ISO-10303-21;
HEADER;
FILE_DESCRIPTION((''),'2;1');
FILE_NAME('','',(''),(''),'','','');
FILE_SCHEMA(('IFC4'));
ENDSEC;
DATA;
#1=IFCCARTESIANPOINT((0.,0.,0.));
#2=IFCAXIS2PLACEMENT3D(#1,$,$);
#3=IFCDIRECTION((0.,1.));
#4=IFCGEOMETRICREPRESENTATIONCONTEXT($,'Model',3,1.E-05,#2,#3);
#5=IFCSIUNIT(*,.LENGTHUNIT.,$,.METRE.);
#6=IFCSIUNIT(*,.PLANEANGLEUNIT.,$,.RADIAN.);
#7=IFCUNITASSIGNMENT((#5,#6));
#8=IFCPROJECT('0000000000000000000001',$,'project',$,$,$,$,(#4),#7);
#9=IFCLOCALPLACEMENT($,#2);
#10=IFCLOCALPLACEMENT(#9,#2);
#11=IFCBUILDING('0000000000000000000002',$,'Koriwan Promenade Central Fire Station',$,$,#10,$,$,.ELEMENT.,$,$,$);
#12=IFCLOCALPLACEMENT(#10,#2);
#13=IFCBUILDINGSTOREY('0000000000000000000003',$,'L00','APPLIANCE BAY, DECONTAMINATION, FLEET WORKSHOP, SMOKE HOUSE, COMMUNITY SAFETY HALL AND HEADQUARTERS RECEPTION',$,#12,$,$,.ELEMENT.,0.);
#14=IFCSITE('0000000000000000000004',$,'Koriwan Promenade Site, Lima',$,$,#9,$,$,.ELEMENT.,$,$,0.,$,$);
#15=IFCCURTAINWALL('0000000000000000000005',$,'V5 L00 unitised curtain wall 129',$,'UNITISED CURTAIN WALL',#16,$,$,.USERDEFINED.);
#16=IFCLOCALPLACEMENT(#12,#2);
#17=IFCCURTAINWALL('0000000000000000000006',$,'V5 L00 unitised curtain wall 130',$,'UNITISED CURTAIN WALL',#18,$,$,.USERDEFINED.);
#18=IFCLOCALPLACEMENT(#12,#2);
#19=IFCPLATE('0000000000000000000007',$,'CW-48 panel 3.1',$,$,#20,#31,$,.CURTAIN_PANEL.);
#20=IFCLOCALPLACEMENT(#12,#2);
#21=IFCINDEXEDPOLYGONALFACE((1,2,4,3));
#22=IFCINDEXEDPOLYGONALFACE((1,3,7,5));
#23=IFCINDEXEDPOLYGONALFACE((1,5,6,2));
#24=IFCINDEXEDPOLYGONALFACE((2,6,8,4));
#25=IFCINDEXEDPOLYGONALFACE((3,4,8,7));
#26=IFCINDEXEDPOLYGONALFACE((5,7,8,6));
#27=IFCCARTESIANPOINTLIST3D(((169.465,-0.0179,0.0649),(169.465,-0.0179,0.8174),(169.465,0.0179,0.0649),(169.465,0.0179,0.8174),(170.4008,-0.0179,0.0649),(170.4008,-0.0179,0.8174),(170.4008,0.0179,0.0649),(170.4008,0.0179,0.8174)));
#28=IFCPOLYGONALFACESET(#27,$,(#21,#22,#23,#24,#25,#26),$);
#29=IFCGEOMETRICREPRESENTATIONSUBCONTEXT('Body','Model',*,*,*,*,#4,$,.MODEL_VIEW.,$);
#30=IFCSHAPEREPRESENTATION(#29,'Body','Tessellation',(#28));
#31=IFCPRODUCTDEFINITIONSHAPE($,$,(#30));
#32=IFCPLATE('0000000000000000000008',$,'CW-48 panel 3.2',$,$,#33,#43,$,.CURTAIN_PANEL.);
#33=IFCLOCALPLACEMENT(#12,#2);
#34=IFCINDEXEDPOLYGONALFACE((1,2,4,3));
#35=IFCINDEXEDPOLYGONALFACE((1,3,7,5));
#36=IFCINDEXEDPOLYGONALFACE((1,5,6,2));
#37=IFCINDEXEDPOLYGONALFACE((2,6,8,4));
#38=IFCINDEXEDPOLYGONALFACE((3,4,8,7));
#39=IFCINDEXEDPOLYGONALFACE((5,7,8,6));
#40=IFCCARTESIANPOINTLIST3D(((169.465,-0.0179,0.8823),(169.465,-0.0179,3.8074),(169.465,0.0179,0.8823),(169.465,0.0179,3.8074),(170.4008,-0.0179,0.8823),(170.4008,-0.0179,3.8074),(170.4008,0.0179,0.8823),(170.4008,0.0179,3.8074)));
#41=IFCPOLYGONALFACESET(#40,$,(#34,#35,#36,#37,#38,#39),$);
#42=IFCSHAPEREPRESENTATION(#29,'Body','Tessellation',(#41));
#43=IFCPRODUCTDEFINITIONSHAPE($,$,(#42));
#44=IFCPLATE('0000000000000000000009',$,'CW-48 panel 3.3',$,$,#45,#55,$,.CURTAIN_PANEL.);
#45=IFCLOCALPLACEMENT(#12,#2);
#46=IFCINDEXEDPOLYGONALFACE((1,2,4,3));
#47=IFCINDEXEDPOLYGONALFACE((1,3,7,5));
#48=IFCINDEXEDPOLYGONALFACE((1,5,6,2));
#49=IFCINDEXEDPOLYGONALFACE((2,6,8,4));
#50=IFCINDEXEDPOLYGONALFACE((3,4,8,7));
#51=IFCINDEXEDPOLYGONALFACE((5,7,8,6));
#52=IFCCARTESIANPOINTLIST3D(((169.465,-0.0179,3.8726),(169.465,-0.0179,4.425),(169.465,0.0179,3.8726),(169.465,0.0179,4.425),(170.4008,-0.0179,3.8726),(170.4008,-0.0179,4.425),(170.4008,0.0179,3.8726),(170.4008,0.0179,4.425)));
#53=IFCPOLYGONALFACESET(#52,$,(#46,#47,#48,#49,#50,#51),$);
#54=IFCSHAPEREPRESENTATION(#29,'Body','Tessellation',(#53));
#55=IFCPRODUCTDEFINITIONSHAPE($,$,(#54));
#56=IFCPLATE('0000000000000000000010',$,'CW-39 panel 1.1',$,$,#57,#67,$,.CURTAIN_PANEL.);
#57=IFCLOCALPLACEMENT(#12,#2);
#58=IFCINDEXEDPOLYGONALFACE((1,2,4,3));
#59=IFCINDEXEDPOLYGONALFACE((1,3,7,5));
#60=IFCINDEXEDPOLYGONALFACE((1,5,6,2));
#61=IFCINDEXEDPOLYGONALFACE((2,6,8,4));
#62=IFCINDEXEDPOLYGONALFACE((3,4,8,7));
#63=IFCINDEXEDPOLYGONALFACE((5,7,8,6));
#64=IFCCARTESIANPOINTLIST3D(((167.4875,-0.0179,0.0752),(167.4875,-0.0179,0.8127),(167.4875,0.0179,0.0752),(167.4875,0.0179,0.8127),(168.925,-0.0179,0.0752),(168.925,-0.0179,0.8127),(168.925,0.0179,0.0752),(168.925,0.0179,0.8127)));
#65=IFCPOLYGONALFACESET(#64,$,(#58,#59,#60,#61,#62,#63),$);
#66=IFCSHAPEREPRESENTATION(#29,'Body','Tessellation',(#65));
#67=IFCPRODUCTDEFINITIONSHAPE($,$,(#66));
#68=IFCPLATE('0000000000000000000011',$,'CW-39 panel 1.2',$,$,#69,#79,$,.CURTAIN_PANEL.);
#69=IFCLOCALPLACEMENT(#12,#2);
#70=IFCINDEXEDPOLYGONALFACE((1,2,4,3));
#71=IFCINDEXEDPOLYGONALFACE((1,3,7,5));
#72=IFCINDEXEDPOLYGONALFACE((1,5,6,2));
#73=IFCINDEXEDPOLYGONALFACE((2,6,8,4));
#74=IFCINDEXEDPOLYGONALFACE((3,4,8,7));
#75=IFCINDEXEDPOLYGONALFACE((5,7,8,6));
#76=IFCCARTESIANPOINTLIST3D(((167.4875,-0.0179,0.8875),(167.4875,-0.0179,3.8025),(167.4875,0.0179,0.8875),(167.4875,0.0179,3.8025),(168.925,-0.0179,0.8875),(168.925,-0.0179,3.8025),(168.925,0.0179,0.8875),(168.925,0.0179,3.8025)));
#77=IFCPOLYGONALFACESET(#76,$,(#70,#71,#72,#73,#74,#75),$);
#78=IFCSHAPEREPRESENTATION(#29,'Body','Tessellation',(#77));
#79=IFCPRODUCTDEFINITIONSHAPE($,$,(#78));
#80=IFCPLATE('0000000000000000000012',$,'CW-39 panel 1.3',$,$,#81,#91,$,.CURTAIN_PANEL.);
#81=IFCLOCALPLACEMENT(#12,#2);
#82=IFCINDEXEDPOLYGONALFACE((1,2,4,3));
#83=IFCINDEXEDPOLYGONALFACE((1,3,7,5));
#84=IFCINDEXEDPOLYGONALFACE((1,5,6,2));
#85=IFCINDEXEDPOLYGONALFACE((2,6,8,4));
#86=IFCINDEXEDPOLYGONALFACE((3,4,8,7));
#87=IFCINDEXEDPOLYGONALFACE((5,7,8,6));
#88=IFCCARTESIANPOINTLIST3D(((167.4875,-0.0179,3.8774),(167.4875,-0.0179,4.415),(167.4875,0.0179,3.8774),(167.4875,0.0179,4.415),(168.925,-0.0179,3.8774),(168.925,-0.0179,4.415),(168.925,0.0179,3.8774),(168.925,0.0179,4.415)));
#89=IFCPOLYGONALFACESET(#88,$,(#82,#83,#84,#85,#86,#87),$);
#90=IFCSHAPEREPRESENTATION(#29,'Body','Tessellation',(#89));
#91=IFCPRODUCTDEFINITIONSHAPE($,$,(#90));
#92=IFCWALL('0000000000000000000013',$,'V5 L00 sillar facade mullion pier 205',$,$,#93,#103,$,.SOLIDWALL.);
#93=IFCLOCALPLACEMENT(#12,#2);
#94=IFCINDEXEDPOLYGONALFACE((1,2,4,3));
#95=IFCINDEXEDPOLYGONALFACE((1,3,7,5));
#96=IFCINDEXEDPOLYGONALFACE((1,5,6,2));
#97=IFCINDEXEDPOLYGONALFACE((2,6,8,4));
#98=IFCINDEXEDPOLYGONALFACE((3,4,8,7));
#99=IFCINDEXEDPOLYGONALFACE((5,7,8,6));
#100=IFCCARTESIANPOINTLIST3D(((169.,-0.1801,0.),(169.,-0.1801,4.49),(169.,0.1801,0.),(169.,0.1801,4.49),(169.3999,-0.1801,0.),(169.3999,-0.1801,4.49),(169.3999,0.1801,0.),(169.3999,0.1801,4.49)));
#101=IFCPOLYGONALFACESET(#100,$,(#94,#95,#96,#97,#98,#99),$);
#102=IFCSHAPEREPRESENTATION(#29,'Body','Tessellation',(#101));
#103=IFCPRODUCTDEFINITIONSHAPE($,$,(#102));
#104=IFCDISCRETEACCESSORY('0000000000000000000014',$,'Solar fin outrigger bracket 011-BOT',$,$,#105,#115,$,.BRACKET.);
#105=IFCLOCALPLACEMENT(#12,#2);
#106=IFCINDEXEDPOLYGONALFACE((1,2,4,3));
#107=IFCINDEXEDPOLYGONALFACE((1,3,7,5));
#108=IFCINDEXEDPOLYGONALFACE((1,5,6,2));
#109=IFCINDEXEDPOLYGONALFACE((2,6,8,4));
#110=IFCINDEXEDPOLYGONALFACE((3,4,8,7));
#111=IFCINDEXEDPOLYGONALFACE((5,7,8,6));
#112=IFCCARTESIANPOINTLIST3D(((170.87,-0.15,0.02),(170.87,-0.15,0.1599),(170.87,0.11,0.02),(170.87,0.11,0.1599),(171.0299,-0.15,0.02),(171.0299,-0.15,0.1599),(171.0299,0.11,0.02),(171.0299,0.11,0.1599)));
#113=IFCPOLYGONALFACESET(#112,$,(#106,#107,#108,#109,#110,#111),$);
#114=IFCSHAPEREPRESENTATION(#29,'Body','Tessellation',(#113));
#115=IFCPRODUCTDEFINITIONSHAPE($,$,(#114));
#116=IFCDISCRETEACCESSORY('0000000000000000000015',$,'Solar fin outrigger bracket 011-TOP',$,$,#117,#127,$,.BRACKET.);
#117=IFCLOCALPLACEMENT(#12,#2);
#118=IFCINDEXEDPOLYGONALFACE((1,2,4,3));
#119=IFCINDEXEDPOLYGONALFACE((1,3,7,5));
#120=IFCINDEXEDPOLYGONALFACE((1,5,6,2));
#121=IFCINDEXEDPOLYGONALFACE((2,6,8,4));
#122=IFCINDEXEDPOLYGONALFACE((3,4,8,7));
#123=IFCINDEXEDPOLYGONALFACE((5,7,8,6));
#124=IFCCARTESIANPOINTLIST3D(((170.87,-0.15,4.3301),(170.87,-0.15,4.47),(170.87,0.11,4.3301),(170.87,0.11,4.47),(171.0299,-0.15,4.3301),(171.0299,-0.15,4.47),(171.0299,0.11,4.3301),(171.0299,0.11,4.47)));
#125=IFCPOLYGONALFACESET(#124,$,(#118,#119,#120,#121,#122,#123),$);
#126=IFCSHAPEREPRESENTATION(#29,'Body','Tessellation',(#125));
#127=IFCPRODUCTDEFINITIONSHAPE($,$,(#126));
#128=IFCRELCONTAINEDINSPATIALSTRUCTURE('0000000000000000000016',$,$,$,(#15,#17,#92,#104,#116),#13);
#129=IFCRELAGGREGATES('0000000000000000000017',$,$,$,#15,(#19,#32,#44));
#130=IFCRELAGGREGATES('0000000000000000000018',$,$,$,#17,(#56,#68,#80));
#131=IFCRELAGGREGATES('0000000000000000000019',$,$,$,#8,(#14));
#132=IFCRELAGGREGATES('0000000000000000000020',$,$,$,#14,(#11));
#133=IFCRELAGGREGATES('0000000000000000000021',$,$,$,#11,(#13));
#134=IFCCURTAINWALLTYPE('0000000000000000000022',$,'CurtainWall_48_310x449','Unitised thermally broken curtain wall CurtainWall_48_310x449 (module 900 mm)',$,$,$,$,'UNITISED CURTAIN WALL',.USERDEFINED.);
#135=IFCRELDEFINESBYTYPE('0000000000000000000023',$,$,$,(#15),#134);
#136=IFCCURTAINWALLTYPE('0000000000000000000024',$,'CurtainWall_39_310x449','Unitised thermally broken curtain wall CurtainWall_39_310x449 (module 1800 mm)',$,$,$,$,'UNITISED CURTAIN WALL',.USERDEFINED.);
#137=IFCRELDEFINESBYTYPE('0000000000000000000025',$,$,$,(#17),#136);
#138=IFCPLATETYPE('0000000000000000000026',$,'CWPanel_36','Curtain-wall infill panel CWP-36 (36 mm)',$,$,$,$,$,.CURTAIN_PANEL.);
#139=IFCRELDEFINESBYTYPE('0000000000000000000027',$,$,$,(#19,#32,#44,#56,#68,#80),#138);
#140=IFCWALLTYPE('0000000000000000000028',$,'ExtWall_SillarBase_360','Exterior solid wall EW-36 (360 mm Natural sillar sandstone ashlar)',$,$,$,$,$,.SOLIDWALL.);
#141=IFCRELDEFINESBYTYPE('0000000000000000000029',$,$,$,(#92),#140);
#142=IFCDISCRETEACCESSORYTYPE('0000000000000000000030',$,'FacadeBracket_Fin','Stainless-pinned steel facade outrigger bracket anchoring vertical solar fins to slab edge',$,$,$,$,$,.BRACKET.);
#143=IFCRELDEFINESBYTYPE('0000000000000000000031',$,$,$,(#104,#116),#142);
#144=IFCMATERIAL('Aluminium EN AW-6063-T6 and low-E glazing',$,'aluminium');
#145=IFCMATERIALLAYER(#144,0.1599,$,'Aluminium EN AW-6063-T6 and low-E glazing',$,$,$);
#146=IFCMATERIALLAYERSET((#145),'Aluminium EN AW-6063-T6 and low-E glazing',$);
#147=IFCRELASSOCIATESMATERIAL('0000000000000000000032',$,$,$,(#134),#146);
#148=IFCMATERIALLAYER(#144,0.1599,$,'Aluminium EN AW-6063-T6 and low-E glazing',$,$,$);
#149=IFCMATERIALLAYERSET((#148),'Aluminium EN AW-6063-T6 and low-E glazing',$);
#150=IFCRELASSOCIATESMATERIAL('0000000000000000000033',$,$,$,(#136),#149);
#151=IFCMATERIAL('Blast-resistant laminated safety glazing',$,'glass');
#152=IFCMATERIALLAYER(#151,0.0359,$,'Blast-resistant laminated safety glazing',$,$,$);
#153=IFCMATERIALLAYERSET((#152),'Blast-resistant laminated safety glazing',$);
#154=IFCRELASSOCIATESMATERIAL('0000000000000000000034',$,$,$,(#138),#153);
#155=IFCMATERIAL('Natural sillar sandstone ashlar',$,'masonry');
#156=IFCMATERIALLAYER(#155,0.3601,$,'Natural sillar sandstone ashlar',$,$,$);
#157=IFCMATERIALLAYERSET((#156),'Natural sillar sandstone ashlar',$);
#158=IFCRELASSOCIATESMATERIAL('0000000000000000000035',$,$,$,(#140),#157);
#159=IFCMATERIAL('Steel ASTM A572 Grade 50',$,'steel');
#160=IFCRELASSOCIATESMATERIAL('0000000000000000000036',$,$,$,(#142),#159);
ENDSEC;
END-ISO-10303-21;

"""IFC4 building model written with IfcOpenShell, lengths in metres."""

from ifc_helpers import new_model, si_unit, direction, frame, frame_2d, origin, origin_2d, place, context, subcontext, project, spatial, rectangle, extrude, material, layer, layer_set, type_object, element, aggregate, save


model = new_model("IFC4")

# Units and contexts
model_context = context("Model", 3, precision=1e-05, world=origin(), true_north=direction((0.0, 1.0)))
body_context = subcontext(model_context, "Body", "Model", "MODEL_VIEW")
ifc_project = project(units=[si_unit("LENGTHUNIT", "METRE"), si_unit("PLANEANGLEUNIT", "RADIAN")], contexts=[model_context])

# Site, building, storey
site_placement = place(None, origin())
site = spatial("IfcSite", under=ifc_project, at=site_placement, Name="Koriwan Promenade Site, Lima", CompositionType="ELEMENT", RefElevation=0.0)
building_placement = place(site_placement, origin())
building = spatial("IfcBuilding", under=site, at=building_placement, Name="Koriwan Promenade Central Fire Station", CompositionType="ELEMENT")
storey_placement = place(building_placement, origin())
storey = spatial("IfcBuildingStorey", under=building, at=storey_placement, Name="L00", Description="APPLIANCE BAY, DECONTAMINATION, FLEET WORKSHOP, SMOKE HOUSE, COMMUNITY SAFETY HALL AND HEADQUARTERS RECEPTION", CompositionType="ELEMENT", Elevation=0.0)

# Curtain walls
ifc_material_1 = material(Name="Aluminium EN AW-6063-T6 and low-E glazing", Category="aluminium")
ifc_layer_1 = layer(ifc_material_1, 0.1599, Name="Aluminium EN AW-6063-T6 and low-E glazing")
ifc_layer_set_1 = layer_set([ifc_layer_1], Name="Aluminium EN AW-6063-T6 and low-E glazing")
curtain_wall_type_1 = type_object("IfcCurtainWallType", Name="CurtainWall_48_310x449", Description="Unitised thermally broken curtain wall CurtainWall_48_310x449 (module 900 mm)", ElementType="UNITISED CURTAIN WALL", PredefinedType="USERDEFINED", material=ifc_layer_set_1)
curtain_wall_1_placement = place(storey_placement, origin())
curtain_wall_1 = element("IfcCurtainWall", 1, at=curtain_wall_1_placement, inside=storey, type_object=curtain_wall_type_1, Name="V5 L00 unitised curtain wall 129", ObjectType="UNITISED CURTAIN WALL", PredefinedType="USERDEFINED")
ifc_layer_2 = layer(ifc_material_1, 0.1599, Name="Aluminium EN AW-6063-T6 and low-E glazing")
ifc_layer_set_2 = layer_set([ifc_layer_2], Name="Aluminium EN AW-6063-T6 and low-E glazing")
curtain_wall_type_2 = type_object("IfcCurtainWallType", Name="CurtainWall_39_310x449", Description="Unitised thermally broken curtain wall CurtainWall_39_310x449 (module 1800 mm)", ElementType="UNITISED CURTAIN WALL", PredefinedType="USERDEFINED", material=ifc_layer_set_2)
curtain_wall_2_placement = place(storey_placement, origin())
curtain_wall_2 = element("IfcCurtainWall", 2, at=curtain_wall_2_placement, inside=storey, type_object=curtain_wall_type_2, Name="V5 L00 unitised curtain wall 130", ObjectType="UNITISED CURTAIN WALL", PredefinedType="USERDEFINED")

# Plates
ifc_material_2 = material(Name="Blast-resistant laminated safety glazing", Category="glass")
ifc_layer_3 = layer(ifc_material_2, 0.0359, Name="Blast-resistant laminated safety glazing")
ifc_layer_set_3 = layer_set([ifc_layer_3], Name="Blast-resistant laminated safety glazing")
plate_type = type_object("IfcPlateType", Name="CWPanel_36", Description="Curtain-wall infill panel CWP-36 (36 mm)", PredefinedType="CURTAIN_PANEL", material=ifc_layer_set_3)
plate_1_placement = place(storey_placement, frame((169.9329, 0.0, 0.0649), z_axis=(0.0, 0.0, 1.0), x_axis=(-1.0, 0.0, 0.0)))
plate_1 = element("IfcPlate", 3, at=plate_1_placement, type_object=plate_type, Name="CW-48 panel 3.1", PredefinedType="CURTAIN_PANEL", context=body_context, shape_type="SweptSolid", body=[
    extrude(rectangle(XDim=0.9358, YDim=0.0359, at=origin_2d()), origin(), (0.0, 0.0, 1.0), 0.7524),
])
plate_2_placement = place(storey_placement, frame((169.9329, 0.0, 0.8823), z_axis=(0.0, 0.0, 1.0), x_axis=(-1.0, 0.0, 0.0)))
plate_2 = element("IfcPlate", 4, at=plate_2_placement, type_object=plate_type, Name="CW-48 panel 3.2", PredefinedType="CURTAIN_PANEL", context=body_context, shape_type="SweptSolid", body=[
    extrude(rectangle(XDim=0.9358, YDim=0.0359, at=origin_2d()), origin(), (0.0, 0.0, 1.0), 2.925),
])
plate_3_placement = place(storey_placement, frame((169.9329, 0.0, 3.8726), z_axis=(0.0, 0.0, 1.0), x_axis=(-1.0, 0.0, 0.0)))
plate_3 = element("IfcPlate", 5, at=plate_3_placement, type_object=plate_type, Name="CW-48 panel 3.3", PredefinedType="CURTAIN_PANEL", context=body_context, shape_type="SweptSolid", body=[
    extrude(rectangle(XDim=0.9358, YDim=0.0359, at=origin_2d()), origin(), (0.0, 0.0, 1.0), 0.5525),
])
aggregate(curtain_wall_1, [plate_1, plate_2, plate_3])
plate_4_placement = place(storey_placement, frame((168.2063, 0.0, 0.0752), z_axis=(0.0, 0.0, 1.0), x_axis=(-1.0, 0.0, 0.0)))
plate_4 = element("IfcPlate", 6, at=plate_4_placement, type_object=plate_type, Name="CW-39 panel 1.1", PredefinedType="CURTAIN_PANEL", context=body_context, shape_type="SweptSolid", body=[
    extrude(rectangle(XDim=1.4375, YDim=0.0359, at=origin_2d()), origin(), (0.0, 0.0, 1.0), 0.7375),
])
plate_5_placement = place(storey_placement, frame((168.2063, 0.0, 0.8875), z_axis=(0.0, 0.0, 1.0), x_axis=(-1.0, 0.0, 0.0)))
plate_5 = element("IfcPlate", 7, at=plate_5_placement, type_object=plate_type, Name="CW-39 panel 1.2", PredefinedType="CURTAIN_PANEL", context=body_context, shape_type="SweptSolid", body=[
    extrude(rectangle(XDim=1.4375, YDim=0.0359, at=origin_2d()), origin(), (0.0, 0.0, 1.0), 2.915),
])
plate_6_placement = place(storey_placement, frame((168.2063, 0.0, 3.8774), z_axis=(0.0, 0.0, 1.0), x_axis=(-1.0, 0.0, 0.0)))
plate_6 = element("IfcPlate", 8, at=plate_6_placement, type_object=plate_type, Name="CW-39 panel 1.3", PredefinedType="CURTAIN_PANEL", context=body_context, shape_type="SweptSolid", body=[
    extrude(rectangle(XDim=1.4375, YDim=0.0359, at=origin_2d()), origin(), (0.0, 0.0, 1.0), 0.5376),
])
aggregate(curtain_wall_2, [plate_4, plate_5, plate_6])

# Wall
ifc_material_3 = material(Name="Natural sillar sandstone ashlar", Category="masonry")
ifc_layer_4 = layer(ifc_material_3, 0.3601, Name="Natural sillar sandstone ashlar")
ifc_layer_set_4 = layer_set([ifc_layer_4], Name="Natural sillar sandstone ashlar")
wall_type = type_object("IfcWallType", Name="ExtWall_SillarBase_360", Description="Exterior solid wall EW-36 (360 mm Natural sillar sandstone ashlar)", PredefinedType="SOLIDWALL", material=ifc_layer_set_4)
wall_placement = place(storey_placement, frame((169.3999, 0.0, 0.0), z_axis=(0.0, 0.0, 1.0), x_axis=(-1.0, 0.0, 0.0)))
element("IfcWall", 9, at=wall_placement, inside=storey, type_object=wall_type, Name="V5 L00 sillar facade mullion pier 205", PredefinedType="SOLIDWALL", context=body_context, shape_type="SweptSolid", body=[
    extrude(rectangle(XDim=0.3999, YDim=0.3601, at=frame_2d((0.2, 0.0))), origin(), (0.0, 0.0, 1.0), 4.49),
])

# Discrete accessories
ifc_material_4 = material(Name="Steel ASTM A572 Grade 50", Category="steel")
discrete_accessory_type = type_object("IfcDiscreteAccessoryType", Name="FacadeBracket_Fin", Description="Stainless-pinned steel facade outrigger bracket anchoring vertical solar fins to slab edge", PredefinedType="BRACKET", material=ifc_material_4)
for number, where, z_axis, x_axis, name in (
    (10, (170.95, -0.02, 0.02), (0.0, 0.0, 1.0), (0.0, -1.0, 0.0), "Solar fin outrigger bracket 011-BOT"),
    (11, (170.95, -0.02, 4.3301), (0.0, 0.0, 1.0), (0.0, -1.0, 0.0), "Solar fin outrigger bracket 011-TOP"),
):
    element("IfcDiscreteAccessory", number, at=place(storey_placement, frame(where, z_axis=z_axis, x_axis=x_axis)), inside=storey, type_object=discrete_accessory_type, Name=name, PredefinedType="BRACKET", context=body_context, shape_type="SweptSolid", body=[
        extrude(rectangle(XDim=0.26, YDim=0.1599, at=origin_2d()), origin(), (0.0, 0.0, 1.0), 0.1399),
    ])

save(model, "model.ifc")
